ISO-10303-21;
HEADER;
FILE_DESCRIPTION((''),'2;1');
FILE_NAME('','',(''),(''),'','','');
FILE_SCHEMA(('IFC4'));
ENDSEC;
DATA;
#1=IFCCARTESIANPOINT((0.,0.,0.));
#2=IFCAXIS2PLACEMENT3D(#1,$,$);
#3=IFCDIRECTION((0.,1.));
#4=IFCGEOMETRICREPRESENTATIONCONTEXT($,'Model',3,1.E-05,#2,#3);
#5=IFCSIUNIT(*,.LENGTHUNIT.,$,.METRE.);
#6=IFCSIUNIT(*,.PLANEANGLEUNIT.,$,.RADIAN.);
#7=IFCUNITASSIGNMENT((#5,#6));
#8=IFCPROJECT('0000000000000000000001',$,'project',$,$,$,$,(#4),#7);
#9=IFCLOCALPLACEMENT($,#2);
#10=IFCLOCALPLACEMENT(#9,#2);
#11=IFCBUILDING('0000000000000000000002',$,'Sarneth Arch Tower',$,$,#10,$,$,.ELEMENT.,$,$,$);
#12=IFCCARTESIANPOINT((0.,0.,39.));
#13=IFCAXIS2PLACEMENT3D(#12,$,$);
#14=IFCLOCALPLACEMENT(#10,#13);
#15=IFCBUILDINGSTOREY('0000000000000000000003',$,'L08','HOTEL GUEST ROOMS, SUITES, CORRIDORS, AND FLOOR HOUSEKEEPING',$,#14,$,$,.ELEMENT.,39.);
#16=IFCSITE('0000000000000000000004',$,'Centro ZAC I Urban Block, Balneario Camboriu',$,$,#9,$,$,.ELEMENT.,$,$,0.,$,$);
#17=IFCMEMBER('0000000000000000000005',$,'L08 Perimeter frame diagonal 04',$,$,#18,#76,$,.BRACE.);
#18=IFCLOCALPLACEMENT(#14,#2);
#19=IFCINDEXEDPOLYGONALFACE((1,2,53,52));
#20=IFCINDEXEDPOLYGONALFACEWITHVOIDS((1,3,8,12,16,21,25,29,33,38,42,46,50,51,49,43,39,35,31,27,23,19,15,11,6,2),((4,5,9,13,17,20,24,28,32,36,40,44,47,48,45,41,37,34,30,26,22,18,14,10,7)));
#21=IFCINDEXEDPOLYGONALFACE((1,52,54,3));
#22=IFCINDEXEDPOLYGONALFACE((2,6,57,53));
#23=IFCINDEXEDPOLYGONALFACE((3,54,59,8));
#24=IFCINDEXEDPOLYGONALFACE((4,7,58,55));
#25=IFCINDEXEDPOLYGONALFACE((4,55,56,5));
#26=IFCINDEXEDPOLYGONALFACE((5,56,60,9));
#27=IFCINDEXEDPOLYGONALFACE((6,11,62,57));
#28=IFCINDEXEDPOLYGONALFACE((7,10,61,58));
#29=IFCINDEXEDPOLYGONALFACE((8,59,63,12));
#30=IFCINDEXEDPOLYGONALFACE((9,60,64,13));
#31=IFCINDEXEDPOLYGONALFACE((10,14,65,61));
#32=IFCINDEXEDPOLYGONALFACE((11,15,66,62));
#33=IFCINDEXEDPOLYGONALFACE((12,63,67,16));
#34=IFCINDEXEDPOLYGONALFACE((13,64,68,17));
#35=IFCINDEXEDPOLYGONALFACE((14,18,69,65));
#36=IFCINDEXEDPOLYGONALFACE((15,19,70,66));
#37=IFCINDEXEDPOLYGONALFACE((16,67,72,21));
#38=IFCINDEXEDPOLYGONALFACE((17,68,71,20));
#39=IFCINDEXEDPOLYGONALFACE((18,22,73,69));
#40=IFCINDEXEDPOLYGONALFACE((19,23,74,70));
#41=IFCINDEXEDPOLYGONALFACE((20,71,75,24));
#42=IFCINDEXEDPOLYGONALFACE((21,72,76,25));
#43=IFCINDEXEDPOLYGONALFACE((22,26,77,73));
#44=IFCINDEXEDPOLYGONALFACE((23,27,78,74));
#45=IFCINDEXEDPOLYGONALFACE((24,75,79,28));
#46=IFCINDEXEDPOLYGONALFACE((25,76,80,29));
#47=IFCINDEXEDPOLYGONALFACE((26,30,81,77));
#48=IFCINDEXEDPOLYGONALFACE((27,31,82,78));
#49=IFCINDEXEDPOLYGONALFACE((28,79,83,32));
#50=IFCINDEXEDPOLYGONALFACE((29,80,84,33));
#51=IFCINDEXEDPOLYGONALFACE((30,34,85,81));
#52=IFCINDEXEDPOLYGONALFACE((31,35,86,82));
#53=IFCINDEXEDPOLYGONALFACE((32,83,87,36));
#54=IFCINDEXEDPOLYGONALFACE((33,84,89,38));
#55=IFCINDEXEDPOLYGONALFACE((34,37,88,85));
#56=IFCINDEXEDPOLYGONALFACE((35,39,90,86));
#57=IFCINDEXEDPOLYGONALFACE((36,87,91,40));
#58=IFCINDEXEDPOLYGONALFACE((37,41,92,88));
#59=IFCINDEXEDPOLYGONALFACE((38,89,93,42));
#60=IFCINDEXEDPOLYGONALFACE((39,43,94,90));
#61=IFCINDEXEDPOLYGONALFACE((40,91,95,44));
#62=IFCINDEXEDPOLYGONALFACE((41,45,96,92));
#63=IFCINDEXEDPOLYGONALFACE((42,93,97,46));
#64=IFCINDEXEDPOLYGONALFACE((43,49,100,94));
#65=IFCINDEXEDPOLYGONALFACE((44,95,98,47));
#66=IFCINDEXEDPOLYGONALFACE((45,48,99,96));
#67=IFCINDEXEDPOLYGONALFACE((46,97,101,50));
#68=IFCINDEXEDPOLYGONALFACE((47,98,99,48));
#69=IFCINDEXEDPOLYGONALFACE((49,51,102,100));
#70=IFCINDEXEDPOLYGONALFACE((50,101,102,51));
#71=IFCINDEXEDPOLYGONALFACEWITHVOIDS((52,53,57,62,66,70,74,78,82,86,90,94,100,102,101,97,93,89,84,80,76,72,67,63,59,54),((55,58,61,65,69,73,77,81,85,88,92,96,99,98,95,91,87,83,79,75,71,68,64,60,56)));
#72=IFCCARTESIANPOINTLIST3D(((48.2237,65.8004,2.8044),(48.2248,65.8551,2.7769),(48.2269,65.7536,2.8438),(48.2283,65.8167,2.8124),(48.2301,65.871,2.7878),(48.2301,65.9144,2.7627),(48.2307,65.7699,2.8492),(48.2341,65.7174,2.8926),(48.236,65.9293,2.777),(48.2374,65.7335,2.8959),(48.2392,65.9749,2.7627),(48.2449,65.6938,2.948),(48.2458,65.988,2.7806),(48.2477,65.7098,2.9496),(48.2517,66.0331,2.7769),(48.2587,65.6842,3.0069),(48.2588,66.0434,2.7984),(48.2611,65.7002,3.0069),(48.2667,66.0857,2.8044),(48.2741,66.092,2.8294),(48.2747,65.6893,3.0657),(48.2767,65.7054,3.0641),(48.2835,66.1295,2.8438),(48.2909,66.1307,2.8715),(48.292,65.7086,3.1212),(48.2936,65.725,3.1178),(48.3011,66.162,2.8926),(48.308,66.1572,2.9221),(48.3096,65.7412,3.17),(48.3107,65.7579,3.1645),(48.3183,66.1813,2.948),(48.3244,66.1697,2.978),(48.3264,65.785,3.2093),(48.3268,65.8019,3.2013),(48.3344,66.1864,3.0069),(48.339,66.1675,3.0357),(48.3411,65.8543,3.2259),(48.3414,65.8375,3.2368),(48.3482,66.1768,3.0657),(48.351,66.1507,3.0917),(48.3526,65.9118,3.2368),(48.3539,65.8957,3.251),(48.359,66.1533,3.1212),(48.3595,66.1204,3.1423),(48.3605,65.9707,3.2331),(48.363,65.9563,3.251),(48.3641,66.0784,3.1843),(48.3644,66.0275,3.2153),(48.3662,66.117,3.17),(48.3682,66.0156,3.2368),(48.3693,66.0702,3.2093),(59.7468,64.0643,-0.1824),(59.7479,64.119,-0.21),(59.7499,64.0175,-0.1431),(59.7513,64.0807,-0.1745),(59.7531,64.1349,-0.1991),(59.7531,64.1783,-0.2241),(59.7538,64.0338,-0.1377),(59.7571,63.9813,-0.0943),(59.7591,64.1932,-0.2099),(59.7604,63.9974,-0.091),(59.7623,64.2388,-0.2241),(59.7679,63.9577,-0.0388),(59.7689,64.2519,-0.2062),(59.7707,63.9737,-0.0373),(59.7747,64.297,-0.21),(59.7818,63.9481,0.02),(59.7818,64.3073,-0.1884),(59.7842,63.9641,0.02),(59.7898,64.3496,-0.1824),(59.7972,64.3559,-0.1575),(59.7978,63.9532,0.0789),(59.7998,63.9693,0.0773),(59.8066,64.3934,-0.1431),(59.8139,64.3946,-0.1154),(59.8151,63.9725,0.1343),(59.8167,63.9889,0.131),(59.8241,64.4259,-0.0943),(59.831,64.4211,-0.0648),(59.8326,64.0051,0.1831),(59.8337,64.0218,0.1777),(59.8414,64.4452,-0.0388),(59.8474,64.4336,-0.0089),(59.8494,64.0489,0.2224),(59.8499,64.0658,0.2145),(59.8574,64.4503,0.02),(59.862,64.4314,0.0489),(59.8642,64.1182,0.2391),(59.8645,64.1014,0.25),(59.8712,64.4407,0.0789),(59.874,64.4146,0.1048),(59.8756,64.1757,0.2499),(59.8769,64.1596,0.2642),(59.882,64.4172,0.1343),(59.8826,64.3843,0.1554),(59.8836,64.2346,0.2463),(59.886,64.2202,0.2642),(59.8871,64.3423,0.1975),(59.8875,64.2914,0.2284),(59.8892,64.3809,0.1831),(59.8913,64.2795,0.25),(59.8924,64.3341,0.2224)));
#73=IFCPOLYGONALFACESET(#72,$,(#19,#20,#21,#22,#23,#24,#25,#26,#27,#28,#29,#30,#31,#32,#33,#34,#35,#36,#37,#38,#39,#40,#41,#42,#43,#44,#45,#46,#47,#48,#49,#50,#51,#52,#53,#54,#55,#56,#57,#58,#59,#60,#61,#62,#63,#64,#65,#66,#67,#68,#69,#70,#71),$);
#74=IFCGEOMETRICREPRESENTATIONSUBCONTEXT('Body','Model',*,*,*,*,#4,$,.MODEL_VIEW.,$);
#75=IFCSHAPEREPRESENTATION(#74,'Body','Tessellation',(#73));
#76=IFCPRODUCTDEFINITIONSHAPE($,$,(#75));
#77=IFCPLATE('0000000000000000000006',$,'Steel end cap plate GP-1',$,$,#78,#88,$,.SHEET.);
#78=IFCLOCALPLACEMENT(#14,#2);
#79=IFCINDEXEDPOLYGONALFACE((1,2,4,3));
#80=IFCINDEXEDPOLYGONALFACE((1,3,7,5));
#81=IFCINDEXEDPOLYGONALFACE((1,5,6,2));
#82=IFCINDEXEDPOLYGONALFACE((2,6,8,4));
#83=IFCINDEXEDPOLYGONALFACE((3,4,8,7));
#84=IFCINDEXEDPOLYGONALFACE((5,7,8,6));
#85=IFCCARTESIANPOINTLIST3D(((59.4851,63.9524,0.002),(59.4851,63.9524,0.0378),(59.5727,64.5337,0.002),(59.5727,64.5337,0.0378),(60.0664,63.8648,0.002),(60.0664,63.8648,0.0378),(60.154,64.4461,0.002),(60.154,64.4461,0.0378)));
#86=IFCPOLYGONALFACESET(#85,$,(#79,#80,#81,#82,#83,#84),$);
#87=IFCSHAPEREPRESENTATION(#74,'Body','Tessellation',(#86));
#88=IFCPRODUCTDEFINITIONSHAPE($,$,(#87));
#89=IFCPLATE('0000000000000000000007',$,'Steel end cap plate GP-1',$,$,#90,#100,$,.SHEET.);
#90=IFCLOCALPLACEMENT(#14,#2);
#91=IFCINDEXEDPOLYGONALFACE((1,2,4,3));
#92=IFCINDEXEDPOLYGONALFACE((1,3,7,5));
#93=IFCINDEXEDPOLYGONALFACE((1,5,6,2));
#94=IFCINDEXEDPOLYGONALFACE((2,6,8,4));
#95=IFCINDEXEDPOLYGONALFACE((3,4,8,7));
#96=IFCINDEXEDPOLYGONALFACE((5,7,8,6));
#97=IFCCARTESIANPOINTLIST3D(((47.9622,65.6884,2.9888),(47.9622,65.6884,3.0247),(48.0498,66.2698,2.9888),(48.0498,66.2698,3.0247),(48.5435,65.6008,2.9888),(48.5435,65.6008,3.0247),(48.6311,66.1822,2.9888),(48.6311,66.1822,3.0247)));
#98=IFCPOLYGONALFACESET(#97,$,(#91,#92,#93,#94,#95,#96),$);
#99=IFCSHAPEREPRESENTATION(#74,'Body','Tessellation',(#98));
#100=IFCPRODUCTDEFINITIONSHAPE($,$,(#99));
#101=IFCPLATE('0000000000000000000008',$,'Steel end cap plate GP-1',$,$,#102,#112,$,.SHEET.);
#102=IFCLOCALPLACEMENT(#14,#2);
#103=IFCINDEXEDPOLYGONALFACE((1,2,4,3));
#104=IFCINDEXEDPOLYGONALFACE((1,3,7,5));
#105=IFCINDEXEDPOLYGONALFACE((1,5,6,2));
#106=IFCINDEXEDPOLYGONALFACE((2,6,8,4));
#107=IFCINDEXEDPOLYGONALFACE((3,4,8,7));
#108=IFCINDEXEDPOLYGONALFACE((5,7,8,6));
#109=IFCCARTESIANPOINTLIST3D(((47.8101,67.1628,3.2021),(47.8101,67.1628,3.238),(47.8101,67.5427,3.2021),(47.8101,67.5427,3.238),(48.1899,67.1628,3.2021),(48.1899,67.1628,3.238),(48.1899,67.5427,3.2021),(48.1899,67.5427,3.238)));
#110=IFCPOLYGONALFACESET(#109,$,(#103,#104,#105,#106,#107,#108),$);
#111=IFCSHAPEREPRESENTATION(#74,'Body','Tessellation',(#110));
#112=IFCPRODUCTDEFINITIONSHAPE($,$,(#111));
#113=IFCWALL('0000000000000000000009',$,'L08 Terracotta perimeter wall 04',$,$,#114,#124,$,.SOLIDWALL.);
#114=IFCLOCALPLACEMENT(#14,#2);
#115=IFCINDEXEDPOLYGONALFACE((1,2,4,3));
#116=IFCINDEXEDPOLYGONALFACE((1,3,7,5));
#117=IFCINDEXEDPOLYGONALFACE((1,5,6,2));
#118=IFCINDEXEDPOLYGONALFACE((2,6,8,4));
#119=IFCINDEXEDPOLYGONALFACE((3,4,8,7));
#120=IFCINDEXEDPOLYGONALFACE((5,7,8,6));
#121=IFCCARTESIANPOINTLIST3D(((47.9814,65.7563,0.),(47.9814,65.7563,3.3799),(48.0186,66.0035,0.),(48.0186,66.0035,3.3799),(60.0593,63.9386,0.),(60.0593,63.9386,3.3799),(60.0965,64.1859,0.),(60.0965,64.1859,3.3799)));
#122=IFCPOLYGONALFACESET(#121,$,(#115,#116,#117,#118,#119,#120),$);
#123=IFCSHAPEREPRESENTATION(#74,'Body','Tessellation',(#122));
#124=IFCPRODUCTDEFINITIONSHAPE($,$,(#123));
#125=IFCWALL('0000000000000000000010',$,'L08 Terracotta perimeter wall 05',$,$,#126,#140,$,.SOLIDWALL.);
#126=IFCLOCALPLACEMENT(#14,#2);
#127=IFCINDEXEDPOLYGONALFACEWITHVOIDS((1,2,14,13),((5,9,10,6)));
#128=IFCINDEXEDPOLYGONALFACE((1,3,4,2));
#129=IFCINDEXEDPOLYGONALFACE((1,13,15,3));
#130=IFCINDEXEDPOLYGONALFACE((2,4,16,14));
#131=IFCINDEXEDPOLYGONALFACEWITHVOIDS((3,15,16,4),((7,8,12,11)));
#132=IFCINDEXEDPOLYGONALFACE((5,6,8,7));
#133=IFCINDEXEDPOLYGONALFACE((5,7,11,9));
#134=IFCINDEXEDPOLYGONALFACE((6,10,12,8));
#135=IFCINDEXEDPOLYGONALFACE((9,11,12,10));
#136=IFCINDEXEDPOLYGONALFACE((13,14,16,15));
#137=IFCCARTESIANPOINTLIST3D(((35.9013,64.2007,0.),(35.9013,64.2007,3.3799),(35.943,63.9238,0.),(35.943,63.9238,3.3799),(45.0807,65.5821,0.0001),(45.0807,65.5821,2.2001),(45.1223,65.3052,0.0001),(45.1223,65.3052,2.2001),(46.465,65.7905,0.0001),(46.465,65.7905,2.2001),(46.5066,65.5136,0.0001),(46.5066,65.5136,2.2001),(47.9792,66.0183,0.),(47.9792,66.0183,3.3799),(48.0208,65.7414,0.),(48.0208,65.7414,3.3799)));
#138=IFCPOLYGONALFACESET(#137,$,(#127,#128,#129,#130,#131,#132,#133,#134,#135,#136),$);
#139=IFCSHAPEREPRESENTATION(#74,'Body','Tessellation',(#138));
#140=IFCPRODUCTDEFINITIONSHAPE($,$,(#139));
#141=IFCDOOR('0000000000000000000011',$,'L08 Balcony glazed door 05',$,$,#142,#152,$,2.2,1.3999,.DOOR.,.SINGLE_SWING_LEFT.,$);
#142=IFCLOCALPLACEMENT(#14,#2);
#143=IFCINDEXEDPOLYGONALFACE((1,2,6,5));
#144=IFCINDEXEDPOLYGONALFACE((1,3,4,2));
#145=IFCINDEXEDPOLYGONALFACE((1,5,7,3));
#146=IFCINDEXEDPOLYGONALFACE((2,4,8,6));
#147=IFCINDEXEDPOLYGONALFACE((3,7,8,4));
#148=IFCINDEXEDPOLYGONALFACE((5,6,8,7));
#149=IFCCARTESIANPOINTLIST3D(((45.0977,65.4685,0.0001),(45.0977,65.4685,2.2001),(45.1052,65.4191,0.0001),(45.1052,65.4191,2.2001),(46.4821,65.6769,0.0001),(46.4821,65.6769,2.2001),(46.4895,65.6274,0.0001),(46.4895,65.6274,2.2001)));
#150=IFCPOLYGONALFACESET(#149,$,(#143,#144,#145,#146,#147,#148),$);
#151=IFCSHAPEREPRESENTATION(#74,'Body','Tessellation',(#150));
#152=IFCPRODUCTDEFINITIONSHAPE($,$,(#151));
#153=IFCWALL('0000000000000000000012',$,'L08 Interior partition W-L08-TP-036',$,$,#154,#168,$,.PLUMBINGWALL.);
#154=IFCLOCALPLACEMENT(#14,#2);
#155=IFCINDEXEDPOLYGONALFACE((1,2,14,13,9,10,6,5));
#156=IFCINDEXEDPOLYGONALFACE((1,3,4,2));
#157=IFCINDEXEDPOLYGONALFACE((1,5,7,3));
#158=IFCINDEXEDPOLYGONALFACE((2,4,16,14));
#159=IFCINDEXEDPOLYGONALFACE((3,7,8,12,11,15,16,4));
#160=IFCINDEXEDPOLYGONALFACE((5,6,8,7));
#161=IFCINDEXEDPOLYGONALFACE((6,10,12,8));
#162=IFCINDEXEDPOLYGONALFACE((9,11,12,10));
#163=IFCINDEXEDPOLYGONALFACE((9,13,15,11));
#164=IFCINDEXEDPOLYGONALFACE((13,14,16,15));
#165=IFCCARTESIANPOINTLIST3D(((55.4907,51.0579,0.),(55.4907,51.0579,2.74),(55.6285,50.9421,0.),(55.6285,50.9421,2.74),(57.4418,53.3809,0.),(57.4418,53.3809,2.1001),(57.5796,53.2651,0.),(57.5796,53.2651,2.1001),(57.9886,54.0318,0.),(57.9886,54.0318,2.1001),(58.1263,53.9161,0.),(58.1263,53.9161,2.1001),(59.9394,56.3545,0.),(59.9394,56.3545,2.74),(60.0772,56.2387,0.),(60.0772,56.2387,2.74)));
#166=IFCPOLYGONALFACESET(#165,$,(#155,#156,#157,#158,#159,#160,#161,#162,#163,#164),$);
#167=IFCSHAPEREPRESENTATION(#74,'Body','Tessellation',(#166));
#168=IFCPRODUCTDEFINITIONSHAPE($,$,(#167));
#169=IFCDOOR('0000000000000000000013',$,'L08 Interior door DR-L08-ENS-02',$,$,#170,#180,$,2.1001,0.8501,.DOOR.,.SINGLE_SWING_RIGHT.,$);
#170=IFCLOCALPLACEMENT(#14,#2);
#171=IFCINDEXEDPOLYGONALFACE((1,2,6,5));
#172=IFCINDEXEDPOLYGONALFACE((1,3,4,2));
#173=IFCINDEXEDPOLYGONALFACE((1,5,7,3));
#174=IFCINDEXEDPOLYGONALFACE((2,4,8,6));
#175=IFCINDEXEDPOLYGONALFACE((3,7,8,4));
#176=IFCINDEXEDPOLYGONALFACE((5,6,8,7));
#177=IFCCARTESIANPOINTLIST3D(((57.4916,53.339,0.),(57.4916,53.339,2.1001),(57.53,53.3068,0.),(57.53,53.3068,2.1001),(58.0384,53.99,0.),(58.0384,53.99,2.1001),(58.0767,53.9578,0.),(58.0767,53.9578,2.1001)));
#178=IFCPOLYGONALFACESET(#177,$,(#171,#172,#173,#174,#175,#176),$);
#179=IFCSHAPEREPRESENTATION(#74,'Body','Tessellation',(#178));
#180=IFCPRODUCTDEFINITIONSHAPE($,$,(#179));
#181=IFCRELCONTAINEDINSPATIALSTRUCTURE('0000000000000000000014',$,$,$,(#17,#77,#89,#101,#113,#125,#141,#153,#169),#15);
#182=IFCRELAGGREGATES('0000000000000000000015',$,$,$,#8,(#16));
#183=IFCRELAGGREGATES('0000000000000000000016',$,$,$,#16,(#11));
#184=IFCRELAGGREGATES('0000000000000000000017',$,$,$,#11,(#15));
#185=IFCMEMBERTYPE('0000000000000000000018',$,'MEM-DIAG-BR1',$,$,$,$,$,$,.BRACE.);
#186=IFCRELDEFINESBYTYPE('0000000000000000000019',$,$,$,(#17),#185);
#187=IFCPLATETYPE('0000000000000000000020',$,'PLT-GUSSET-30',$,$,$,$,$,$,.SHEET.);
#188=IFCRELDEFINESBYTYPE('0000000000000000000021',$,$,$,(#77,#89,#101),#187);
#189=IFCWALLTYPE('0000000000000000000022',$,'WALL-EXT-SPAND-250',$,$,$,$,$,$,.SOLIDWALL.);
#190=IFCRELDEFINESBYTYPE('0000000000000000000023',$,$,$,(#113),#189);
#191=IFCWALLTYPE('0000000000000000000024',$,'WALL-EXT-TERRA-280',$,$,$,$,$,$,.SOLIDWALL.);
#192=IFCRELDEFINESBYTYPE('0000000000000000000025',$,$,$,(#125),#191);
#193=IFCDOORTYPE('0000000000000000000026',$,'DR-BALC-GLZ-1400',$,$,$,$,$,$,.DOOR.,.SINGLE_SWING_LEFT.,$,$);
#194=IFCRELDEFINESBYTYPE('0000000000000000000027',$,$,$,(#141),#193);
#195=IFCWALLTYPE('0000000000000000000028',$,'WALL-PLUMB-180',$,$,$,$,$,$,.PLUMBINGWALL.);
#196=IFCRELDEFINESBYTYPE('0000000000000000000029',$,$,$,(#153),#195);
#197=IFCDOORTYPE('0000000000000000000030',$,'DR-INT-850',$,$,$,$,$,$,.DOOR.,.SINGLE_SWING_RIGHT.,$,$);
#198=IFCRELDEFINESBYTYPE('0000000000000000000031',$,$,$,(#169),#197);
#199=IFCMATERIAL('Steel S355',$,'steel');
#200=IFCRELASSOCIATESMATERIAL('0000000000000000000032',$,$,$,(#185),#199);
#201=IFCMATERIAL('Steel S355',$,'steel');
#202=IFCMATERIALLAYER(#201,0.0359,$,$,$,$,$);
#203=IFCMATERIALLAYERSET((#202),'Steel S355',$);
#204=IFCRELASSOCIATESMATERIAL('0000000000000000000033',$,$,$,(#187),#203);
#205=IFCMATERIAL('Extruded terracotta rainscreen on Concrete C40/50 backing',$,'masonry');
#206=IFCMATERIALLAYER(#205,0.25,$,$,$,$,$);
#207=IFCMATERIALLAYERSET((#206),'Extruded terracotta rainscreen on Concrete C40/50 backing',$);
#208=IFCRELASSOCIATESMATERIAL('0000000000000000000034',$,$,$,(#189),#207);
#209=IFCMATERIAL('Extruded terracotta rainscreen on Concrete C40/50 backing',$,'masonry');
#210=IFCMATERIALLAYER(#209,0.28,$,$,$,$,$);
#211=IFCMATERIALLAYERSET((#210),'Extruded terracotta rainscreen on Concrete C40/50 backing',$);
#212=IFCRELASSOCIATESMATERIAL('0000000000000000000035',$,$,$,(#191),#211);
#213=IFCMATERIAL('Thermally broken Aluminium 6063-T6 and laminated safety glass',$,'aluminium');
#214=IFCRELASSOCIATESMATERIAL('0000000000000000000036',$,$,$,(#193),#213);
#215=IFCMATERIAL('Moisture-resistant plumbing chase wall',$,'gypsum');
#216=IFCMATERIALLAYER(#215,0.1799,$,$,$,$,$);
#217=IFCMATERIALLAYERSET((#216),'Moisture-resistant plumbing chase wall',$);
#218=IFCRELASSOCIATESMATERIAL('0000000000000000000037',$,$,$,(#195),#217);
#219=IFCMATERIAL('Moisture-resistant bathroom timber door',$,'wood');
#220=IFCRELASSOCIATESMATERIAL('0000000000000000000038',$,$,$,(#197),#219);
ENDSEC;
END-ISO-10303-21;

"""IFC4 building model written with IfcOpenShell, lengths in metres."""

from ifc_helpers import new_model, si_unit, direction, frame, frame_2d, origin, origin_2d, place, context, subcontext, project, spatial, rectangle, hollow_circle, extrude, material, layer, layer_set, material_profile, profile_set, type_object, element, fill, save


model = new_model("IFC4")

# Units and contexts
model_context = context("Model", 3, precision=1e-05, world=origin(), true_north=direction((0.0, 1.0)))
body_context = subcontext(model_context, "Body", "Model", "MODEL_VIEW")
ifc_project = project(units=[si_unit("LENGTHUNIT", "METRE"), si_unit("PLANEANGLEUNIT", "RADIAN")], contexts=[model_context])

# Site, building, storey
site_placement = place(None, origin())
site = spatial("IfcSite", under=ifc_project, at=site_placement, Name="Centro ZAC I Urban Block, Balneario Camboriu", CompositionType="ELEMENT", RefElevation=0.0)
building_placement = place(site_placement, origin())
building = spatial("IfcBuilding", under=site, at=building_placement, Name="Sarneth Arch Tower", CompositionType="ELEMENT")
storey_placement = place(building_placement, frame((0.0, 0.0, 39.0)))
storey = spatial("IfcBuildingStorey", under=building, at=storey_placement, Name="L08", Description="HOTEL GUEST ROOMS, SUITES, CORRIDORS, AND FLOOR HOUSEKEEPING", CompositionType="ELEMENT", Elevation=39.0)

# Member
ifc_material_1 = material(Name="Steel S355", Category="steel")
ifc_material_profile_1 = material_profile(ifc_material_1, hollow_circle(Radius=0.2539, WallThickness=0.0161, at=origin_2d()), Name="CHS508x16")
ifc_profile_set_1 = profile_set([ifc_material_profile_1], Name="Steel S355")
member_type_1 = type_object("IfcMemberType", Name="MEM-DIAG-BR1", PredefinedType="BRACE", material=ifc_profile_set_1)
member_1_placement = place(storey_placement, frame((59.8196, 64.1992, 0.02), z_axis=(-0.957876, 0.144317, 0.248287), x_axis=(-0.148982, -0.98884, 0.0)))
element("IfcMember", 1, at=member_1_placement, inside=storey, type_object=member_type_1, Name="L08 Perimeter frame diagonal 04", PredefinedType="BRACE", context=body_context, shape_type="SweptSolid", body=[
    extrude(hollow_circle(Radius=0.2539, WallThickness=0.0161, at=origin_2d()), origin(), (0.0, 0.0, 1.0), 12.0298),
])

# Plates
ifc_material_2 = material(Name="Steel S355", Category="steel")
ifc_layer_1 = layer(ifc_material_2, 0.0359)
ifc_layer_set_1 = layer_set([ifc_layer_1], Name="Steel S355")
plate_type = type_object("IfcPlateType", Name="PLT-GUSSET-30", PredefinedType="SHEET", material=ifc_layer_set_1)
for number, where, z_axis, x_axis, name in (
    (2, (59.8196, 64.1992, 0.002), (0.0, 0.0, 1.0), (-0.988835, 0.149018, 0.0), "Steel end cap plate GP-1"),
    (3, (48.2966, 65.9353, 2.9888), (0.0, 0.0, 1.0), (-0.988835, 0.149018, 0.0), "Steel end cap plate GP-1"),
):
    element("IfcPlate", number, at=place(storey_placement, frame(where, z_axis=z_axis, x_axis=x_axis)), inside=storey, type_object=plate_type, Name=name, PredefinedType="SHEET", context=body_context, shape_type="SweptSolid", body=[
        extrude(rectangle(XDim=0.5879, YDim=0.5879, at=origin_2d()), origin(), (0.0, 0.0, 1.0), 0.0359),
    ])
plate_placement = place(storey_placement, frame((48.0, 67.3528, 3.2021), z_axis=(0.0, 0.0, 1.0), x_axis=(0.0, 1.0, 0.0)))
element("IfcPlate", 4, at=plate_placement, inside=storey, type_object=plate_type, Name="Steel end cap plate GP-1", PredefinedType="SHEET", context=body_context, shape_type="SweptSolid", body=[
    extrude(rectangle(XDim=0.3799, YDim=0.3799, at=origin_2d()), origin(), (0.0, 0.0, 1.0), 0.0359),
])

# Wall
ifc_material_3 = material(Name="Extruded terracotta rainscreen on Concrete C40/50 backing", Category="masonry")
ifc_layer_2 = layer(ifc_material_3, 0.25)
ifc_layer_set_2 = layer_set([ifc_layer_2], Name="Extruded terracotta rainscreen on Concrete C40/50 backing")
wall_type_1 = type_object("IfcWallType", Name="WALL-EXT-SPAND-250", PredefinedType="SOLIDWALL", material=ifc_layer_set_2)
wall_1_placement = place(storey_placement, frame((60.0779, 64.0623, 0.0), z_axis=(0.0, 0.0, 1.0), x_axis=(-0.988865, 0.148816, 0.0)))
element("IfcWall", 5, at=wall_1_placement, inside=storey, type_object=wall_type_1, Name="L08 Terracotta perimeter wall 04", PredefinedType="SOLIDWALL", context=body_context, shape_type="SweptSolid", body=[
    extrude(rectangle(XDim=12.2139, YDim=0.25, at=frame_2d((6.1069, 0.0))), origin(), (0.0, 0.0, 1.0), 3.3799),
])

# Walls, openings, doors
ifc_material_4 = material(Name="Extruded terracotta rainscreen on Concrete C40/50 backing", Category="masonry")
ifc_layer_3 = layer(ifc_material_4, 0.28)
ifc_layer_set_3 = layer_set([ifc_layer_3], Name="Extruded terracotta rainscreen on Concrete C40/50 backing")
wall_type_2 = type_object("IfcWallType", Name="WALL-EXT-TERRA-280", PredefinedType="SOLIDWALL", material=ifc_layer_set_3)
wall_2_placement = place(storey_placement, frame((48.0, 65.8799, 0.0), z_axis=(0.0, 0.0, 1.0), x_axis=(-0.988865, -0.148816, 0.0)))
wall_2 = element("IfcWall", 6, at=wall_2_placement, inside=storey, type_object=wall_type_2, Name="L08 Terracotta perimeter wall 05", PredefinedType="SOLIDWALL", context=body_context, shape_type="SweptSolid", body=[
    extrude(rectangle(XDim=12.2139, YDim=0.28, at=frame_2d((6.1069, 0.0))), origin(), (0.0, 0.0, 1.0), 3.3799),
])
opening_1_placement = place(wall_2_placement, frame((1.5312, 0.0, 0.0)))
opening_1 = element("IfcOpeningElement", 7, at=opening_1_placement, cuts=wall_2, PredefinedType="OPENING", context=body_context, shape_type="SweptSolid", body=[
    extrude(rectangle(XDim=1.3999, YDim=2.2, at=frame_2d((0.7, 1.1001))), frame((0.0, 0.1499, 0.0), z_axis=(0.0, -1.0, 0.0), x_axis=(1.0, 0.0, 0.0)), (0.0, 0.0, 1.0), 0.3),
])
ifc_material_5 = material(Name="Thermally broken Aluminium 6063-T6 and laminated safety glass", Category="aluminium")
door_type_1 = type_object("IfcDoorType", Name="DR-BALC-GLZ-1400", OperationType="SINGLE_SWING_LEFT", PredefinedType="DOOR", material=ifc_material_5)
door_1_placement = place(opening_1_placement, origin())
door_1 = element("IfcDoor", 8, at=door_1_placement, inside=storey, type_object=door_type_1, Name="L08 Balcony glazed door 05", OperationType="SINGLE_SWING_LEFT", OverallHeight=2.2, OverallWidth=1.3999, PredefinedType="DOOR", context=body_context, shape_type="SweptSolid", body=[
    extrude(rectangle(XDim=1.3999, YDim=2.2, at=frame_2d((0.7, 1.1001))), frame((0.0, 0.0249, 0.0), z_axis=(0.0, -1.0, 0.0), x_axis=(1.0, 0.0, 0.0)), (0.0, 0.0, 1.0), 0.05),
])
fill(opening_1, door_1)
ifc_material_6 = material(Name="Moisture-resistant plumbing chase wall", Category="gypsum")
ifc_layer_4 = layer(ifc_material_6, 0.1799)
ifc_layer_set_4 = layer_set([ifc_layer_4], Name="Moisture-resistant plumbing chase wall")
wall_type_3 = type_object("IfcWallType", Name="WALL-PLUMB-180", PredefinedType="PLUMBINGWALL", material=ifc_layer_set_4)
wall_3_placement = place(storey_placement, frame((55.5596, 51.0, 0.0), z_axis=(0.0, 0.0, 1.0), x_axis=(0.643155, 0.765736, 0.0)))
wall_3 = element("IfcWall", 9, at=wall_3_placement, inside=storey, type_object=wall_type_3, Name="L08 Interior partition W-L08-TP-036", PredefinedType="PLUMBINGWALL", context=body_context, shape_type="SweptSolid", body=[
    extrude(rectangle(XDim=6.917, YDim=0.1799, at=frame_2d((3.4585, 0.0))), origin(), (0.0, 0.0, 1.0), 2.74),
])
opening_2_placement = place(wall_3_placement, frame((3.0337, 0.0, 0.0)))
opening_2 = element("IfcOpeningElement", 10, at=opening_2_placement, cuts=wall_3, PredefinedType="OPENING", context=body_context, shape_type="SweptSolid", body=[
    extrude(rectangle(XDim=0.8501, YDim=2.1001, at=frame_2d((0.425, 1.05))), frame((0.0, 0.0999, 0.0), z_axis=(0.0, -1.0, 0.0), x_axis=(1.0, 0.0, 0.0)), (0.0, 0.0, 1.0), 0.2),
])
ifc_material_7 = material(Name="Moisture-resistant bathroom timber door", Category="wood")
door_type_2 = type_object("IfcDoorType", Name="DR-INT-850", OperationType="SINGLE_SWING_RIGHT", PredefinedType="DOOR", material=ifc_material_7)
door_2_placement = place(opening_2_placement, origin())
door_2 = element("IfcDoor", 11, at=door_2_placement, inside=storey, type_object=door_type_2, Name="L08 Interior door DR-L08-ENS-02", OperationType="SINGLE_SWING_RIGHT", OverallHeight=2.1001, OverallWidth=0.8501, PredefinedType="DOOR", context=body_context, shape_type="SweptSolid", body=[
    extrude(rectangle(XDim=0.8501, YDim=2.1001, at=frame_2d((0.425, 1.05))), frame((0.0, 0.0249, 0.0), z_axis=(0.0, -1.0, 0.0), x_axis=(1.0, 0.0, 0.0)), (0.0, 0.0, 1.0), 0.05),
])
fill(opening_2, door_2)

save(model, "model.ifc")
